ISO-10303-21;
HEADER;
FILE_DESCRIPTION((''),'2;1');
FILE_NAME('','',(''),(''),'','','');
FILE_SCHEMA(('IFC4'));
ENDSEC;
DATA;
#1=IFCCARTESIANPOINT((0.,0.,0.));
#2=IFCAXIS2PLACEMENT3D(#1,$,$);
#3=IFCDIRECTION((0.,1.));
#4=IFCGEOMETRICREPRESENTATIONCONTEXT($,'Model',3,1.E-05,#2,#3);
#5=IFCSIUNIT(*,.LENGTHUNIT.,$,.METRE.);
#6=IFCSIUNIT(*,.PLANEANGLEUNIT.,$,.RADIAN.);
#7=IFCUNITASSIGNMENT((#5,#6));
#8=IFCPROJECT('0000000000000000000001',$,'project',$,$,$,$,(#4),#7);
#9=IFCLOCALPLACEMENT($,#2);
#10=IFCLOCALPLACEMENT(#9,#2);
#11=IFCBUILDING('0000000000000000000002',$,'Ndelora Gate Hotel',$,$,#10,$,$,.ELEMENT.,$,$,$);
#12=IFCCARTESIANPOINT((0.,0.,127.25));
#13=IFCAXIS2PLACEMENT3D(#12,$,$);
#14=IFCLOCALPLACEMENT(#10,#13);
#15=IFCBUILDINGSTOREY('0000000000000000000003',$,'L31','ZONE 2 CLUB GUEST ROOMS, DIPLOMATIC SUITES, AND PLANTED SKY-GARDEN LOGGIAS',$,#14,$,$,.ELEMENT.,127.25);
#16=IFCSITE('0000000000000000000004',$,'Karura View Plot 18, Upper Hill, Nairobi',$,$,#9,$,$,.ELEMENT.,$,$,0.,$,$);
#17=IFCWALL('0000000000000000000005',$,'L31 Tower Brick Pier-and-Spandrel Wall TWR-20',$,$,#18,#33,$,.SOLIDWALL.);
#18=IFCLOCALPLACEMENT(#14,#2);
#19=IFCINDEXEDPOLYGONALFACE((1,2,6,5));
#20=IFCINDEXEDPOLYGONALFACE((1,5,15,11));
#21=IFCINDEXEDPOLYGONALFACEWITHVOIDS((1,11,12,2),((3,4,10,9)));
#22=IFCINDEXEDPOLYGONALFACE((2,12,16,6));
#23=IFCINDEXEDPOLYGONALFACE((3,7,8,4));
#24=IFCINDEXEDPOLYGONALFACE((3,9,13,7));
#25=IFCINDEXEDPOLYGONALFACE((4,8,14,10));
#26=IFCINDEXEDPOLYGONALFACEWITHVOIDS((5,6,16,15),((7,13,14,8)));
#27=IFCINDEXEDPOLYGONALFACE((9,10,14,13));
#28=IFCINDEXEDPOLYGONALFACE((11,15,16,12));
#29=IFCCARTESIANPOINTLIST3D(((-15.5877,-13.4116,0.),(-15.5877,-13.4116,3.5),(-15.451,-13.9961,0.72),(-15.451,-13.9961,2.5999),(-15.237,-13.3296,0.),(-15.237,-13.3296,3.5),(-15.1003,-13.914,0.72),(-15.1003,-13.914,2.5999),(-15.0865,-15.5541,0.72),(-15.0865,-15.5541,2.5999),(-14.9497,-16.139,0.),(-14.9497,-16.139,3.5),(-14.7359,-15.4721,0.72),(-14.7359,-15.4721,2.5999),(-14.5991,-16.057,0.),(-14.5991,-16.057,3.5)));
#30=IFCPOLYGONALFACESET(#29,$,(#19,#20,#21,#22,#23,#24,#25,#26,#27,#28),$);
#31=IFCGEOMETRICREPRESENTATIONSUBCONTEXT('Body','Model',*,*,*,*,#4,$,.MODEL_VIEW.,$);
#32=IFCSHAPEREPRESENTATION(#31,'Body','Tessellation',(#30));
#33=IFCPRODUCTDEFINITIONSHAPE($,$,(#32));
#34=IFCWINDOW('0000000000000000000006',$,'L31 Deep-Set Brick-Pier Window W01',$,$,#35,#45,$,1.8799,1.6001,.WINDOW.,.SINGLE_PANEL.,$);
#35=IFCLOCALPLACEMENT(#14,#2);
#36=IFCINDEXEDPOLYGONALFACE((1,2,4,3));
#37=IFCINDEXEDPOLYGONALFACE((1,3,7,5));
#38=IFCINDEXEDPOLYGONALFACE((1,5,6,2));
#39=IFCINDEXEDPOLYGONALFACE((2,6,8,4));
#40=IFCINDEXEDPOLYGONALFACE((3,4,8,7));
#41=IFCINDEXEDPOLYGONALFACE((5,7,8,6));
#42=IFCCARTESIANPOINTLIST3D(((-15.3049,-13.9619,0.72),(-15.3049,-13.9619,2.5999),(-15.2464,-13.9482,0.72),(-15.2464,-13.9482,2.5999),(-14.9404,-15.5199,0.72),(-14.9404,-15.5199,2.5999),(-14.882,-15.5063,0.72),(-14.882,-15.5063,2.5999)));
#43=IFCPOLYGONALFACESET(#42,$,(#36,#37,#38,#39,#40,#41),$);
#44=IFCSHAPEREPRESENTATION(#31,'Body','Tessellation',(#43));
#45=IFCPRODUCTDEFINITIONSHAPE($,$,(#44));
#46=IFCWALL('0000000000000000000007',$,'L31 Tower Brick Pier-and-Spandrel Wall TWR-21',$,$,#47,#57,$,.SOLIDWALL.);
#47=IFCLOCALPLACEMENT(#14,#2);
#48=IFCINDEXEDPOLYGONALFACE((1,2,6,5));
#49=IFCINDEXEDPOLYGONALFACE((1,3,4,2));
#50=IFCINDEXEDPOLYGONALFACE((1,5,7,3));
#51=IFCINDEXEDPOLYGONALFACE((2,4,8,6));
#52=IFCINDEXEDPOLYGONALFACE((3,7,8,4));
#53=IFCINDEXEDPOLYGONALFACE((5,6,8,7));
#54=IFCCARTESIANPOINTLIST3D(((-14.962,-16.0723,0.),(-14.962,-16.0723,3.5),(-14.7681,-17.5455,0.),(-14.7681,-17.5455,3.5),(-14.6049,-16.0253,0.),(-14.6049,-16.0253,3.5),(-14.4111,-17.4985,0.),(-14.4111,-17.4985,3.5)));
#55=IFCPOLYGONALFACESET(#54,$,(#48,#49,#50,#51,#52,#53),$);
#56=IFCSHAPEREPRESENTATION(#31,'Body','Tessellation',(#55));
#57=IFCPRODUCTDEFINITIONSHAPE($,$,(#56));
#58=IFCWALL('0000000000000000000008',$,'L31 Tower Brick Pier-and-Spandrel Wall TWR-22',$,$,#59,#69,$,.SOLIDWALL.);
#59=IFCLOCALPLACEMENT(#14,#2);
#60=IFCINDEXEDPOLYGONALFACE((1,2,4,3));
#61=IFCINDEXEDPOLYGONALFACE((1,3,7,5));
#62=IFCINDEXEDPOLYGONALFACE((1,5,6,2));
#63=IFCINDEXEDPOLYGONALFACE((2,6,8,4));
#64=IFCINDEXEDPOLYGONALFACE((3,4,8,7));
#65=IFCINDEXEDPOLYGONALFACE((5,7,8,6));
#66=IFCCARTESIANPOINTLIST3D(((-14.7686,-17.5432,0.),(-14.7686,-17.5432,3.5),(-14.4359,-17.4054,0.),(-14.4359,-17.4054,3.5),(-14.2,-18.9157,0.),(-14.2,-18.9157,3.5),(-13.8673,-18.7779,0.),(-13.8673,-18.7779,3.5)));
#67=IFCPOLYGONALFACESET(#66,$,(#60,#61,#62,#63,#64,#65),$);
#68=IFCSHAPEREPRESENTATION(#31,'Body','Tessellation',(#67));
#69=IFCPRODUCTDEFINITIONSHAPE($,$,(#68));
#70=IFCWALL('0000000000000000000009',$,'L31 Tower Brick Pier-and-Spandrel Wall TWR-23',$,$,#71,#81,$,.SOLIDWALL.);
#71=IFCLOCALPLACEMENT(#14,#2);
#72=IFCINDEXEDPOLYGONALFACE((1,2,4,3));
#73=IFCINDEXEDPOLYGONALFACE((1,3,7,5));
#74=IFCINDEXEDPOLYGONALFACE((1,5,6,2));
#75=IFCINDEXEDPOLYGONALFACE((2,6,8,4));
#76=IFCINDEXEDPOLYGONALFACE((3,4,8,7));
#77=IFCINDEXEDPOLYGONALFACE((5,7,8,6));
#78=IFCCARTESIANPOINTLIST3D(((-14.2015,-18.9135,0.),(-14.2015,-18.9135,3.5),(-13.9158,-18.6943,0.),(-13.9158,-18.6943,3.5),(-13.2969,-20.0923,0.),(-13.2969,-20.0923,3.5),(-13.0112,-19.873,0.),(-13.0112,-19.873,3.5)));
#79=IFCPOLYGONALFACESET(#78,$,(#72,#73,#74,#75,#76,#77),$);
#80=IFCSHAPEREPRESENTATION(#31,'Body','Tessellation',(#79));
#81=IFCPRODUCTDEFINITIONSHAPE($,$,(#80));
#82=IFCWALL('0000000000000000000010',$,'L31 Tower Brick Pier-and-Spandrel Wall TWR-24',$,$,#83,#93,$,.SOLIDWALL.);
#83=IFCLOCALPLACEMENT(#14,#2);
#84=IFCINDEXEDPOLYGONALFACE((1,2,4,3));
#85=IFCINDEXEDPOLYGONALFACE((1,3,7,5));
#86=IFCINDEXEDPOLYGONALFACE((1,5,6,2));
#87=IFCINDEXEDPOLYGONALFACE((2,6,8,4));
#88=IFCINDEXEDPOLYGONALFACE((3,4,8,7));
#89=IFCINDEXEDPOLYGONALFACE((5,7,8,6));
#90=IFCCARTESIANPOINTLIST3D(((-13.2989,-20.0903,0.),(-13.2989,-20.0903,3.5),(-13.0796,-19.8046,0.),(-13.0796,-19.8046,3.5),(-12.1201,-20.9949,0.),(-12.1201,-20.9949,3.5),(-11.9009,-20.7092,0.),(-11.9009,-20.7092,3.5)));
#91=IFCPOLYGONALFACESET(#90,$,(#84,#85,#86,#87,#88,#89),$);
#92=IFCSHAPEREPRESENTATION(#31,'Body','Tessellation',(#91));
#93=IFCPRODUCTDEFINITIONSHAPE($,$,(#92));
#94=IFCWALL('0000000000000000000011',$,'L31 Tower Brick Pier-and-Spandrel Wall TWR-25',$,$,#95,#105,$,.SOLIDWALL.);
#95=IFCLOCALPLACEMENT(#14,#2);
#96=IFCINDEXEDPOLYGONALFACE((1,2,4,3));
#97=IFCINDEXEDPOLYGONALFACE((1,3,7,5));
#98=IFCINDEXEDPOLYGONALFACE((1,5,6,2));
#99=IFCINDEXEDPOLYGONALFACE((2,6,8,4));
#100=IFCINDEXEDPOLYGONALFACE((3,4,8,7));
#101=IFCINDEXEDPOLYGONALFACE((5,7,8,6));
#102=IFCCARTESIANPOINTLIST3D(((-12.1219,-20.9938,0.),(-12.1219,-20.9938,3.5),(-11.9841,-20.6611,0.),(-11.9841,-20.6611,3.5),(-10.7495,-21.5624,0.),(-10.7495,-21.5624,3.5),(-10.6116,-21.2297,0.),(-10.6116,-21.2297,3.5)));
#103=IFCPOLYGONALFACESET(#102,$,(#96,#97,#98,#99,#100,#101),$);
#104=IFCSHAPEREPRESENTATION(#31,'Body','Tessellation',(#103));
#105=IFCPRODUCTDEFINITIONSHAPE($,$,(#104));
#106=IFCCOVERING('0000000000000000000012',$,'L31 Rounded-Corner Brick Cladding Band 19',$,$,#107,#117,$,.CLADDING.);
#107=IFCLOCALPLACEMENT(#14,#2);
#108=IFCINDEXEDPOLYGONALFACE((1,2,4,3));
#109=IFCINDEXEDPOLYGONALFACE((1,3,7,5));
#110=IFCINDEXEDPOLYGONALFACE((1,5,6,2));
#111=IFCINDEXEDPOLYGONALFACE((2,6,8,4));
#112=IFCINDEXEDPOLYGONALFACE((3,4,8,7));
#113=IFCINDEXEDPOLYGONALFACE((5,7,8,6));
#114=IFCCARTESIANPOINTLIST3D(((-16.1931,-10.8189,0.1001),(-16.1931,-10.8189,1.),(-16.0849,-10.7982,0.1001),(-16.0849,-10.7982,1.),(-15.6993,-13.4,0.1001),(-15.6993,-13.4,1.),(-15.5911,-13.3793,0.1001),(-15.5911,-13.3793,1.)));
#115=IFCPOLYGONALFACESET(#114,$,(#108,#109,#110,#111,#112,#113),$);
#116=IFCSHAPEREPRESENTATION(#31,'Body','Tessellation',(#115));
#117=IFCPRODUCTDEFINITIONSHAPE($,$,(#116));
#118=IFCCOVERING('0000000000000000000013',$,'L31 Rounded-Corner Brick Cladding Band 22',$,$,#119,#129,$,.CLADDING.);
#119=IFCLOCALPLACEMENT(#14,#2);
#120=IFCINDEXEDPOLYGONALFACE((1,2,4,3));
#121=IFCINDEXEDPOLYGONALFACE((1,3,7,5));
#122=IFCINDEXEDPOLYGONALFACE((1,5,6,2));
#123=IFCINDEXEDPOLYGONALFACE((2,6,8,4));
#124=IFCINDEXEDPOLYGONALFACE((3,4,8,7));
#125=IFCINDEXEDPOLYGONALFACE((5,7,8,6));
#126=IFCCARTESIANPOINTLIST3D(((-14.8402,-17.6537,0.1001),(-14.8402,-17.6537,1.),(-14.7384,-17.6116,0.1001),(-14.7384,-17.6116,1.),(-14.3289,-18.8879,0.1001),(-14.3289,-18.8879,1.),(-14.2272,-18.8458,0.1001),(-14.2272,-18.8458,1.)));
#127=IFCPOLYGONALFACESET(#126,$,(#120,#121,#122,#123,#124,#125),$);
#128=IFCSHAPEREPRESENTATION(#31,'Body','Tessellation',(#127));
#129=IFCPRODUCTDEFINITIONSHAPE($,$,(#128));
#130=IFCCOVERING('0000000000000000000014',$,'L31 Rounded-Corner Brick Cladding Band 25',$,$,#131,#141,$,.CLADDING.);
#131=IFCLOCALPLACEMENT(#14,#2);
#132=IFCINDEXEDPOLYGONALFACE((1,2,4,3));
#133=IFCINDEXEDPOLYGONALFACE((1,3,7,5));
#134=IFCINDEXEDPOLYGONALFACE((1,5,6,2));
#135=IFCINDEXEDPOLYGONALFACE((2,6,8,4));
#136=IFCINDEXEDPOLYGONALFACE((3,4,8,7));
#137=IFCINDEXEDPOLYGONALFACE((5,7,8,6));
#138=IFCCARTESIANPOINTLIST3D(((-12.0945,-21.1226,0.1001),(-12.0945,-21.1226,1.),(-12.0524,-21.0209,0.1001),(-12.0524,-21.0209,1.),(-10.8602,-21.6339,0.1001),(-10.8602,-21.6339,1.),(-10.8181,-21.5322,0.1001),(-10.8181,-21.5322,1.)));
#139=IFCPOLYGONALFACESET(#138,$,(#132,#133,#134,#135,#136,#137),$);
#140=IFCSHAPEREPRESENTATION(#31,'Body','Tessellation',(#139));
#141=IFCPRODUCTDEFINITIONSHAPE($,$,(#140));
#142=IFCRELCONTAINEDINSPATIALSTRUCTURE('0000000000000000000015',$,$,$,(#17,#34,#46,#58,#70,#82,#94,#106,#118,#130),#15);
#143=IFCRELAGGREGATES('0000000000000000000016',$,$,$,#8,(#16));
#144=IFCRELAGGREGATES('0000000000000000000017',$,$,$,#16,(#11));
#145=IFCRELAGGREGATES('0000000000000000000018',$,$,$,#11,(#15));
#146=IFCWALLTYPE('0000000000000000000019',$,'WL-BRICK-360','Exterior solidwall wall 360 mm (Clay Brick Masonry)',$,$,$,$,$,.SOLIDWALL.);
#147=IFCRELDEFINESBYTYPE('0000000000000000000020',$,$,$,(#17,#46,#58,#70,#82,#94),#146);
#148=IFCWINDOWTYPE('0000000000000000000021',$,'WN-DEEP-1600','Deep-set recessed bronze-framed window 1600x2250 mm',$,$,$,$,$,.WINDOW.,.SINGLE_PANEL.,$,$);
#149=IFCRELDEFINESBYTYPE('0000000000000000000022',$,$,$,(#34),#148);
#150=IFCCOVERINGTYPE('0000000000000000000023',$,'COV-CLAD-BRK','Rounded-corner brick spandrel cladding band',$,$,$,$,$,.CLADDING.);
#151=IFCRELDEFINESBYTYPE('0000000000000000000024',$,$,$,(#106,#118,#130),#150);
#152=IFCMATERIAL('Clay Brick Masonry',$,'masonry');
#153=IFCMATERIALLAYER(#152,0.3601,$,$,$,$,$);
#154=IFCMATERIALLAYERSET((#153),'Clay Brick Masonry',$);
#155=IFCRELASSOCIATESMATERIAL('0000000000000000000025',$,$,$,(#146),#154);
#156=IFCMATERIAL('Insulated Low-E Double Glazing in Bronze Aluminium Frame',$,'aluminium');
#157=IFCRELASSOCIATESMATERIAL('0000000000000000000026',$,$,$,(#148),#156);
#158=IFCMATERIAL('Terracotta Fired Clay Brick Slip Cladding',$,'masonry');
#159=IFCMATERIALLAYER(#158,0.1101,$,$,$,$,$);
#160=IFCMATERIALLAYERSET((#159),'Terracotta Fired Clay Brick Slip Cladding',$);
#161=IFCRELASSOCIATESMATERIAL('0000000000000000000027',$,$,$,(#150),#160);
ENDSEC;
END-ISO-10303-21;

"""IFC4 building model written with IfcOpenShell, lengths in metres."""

from ifc_helpers import new_model, si_unit, direction, frame, frame_2d, origin, origin_2d, place, context, subcontext, project, spatial, rectangle, extrude, material, layer, layer_set, type_object, element, fill, save


model = new_model("IFC4")

# Units and contexts
model_context = context("Model", 3, precision=1e-05, world=origin(), true_north=direction((0.0, 1.0)))
body_context = subcontext(model_context, "Body", "Model", "MODEL_VIEW")
ifc_project = project(units=[si_unit("LENGTHUNIT", "METRE"), si_unit("PLANEANGLEUNIT", "RADIAN")], contexts=[model_context])

# Site, building, storey
site_placement = place(None, origin())
site = spatial("IfcSite", under=ifc_project, at=site_placement, Name="Karura View Plot 18, Upper Hill, Nairobi", CompositionType="ELEMENT", RefElevation=0.0)
building_placement = place(site_placement, origin())
building = spatial("IfcBuilding", under=site, at=building_placement, Name="Ndelora Gate Hotel", CompositionType="ELEMENT")
storey_placement = place(building_placement, frame((0.0, 0.0, 127.25)))
storey = spatial("IfcBuildingStorey", under=building, at=storey_placement, Name="L31", Description="ZONE 2 CLUB GUEST ROOMS, DIPLOMATIC SUITES, AND PLANTED SKY-GARDEN LOGGIAS", CompositionType="ELEMENT", Elevation=127.25)

# Wall, opening, window
ifc_material_1 = material(Name="Clay Brick Masonry", Category="masonry")
ifc_layer_1 = layer(ifc_material_1, 0.3601)
ifc_layer_set_1 = layer_set([ifc_layer_1], Name="Clay Brick Masonry")
wall_type = type_object("IfcWallType", Name="WL-BRICK-360", Description="Exterior solidwall wall 360 mm (Clay Brick Masonry)", PredefinedType="SOLIDWALL", material=ifc_layer_set_1)
ifc_material_2 = material(Name="Insulated Low-E Double Glazing in Bronze Aluminium Frame", Category="aluminium")
window_type_1 = type_object("IfcWindowType", Name="WN-DEEP-1600", Description="Deep-set recessed bronze-framed window 1600x2250 mm", PartitioningType="SINGLE_PANEL", PredefinedType="WINDOW", material=ifc_material_2)
wall_1_placement = place(storey_placement, frame((-14.7744, -16.0979, 0.0), z_axis=(0.0, 0.0, 1.0), x_axis=(-0.227761, 0.973717, 0.0)))
wall_1 = element("IfcWall", 1, at=wall_1_placement, inside=storey, type_object=wall_type, Name="L31 Tower Brick Pier-and-Spandrel Wall TWR-20", PredefinedType="SOLIDWALL", context=body_context, shape_type="SweptSolid", body=[
    extrude(rectangle(XDim=2.801, YDim=0.3601, at=frame_2d((1.4004, 0.0))), origin(), (0.0, 0.0, 1.0), 3.5),
])
opening_1_placement = place(wall_1_placement, frame((0.6006, 0.0, 0.72)))
opening_1 = element("IfcOpeningElement", 2, at=opening_1_placement, cuts=wall_1, PredefinedType="OPENING", context=body_context, shape_type="SweptSolid", body=[
    extrude(rectangle(XDim=1.6001, YDim=1.8799, at=frame_2d((0.8, 0.9399))), frame((0.0, 0.1899, 0.0), z_axis=(0.0, -1.0, 0.0), x_axis=(1.0, 0.0, 0.0)), (0.0, 0.0, 1.0), 0.3801),
])
window_1_placement = place(opening_1_placement, origin())
window_1 = element("IfcWindow", 3, at=window_1_placement, inside=storey, type_object=window_type_1, Name="L31 Deep-Set Brick-Pier Window W01", OverallHeight=1.8799, OverallWidth=1.6001, PartitioningType="SINGLE_PANEL", PredefinedType="WINDOW", context=body_context, shape_type="SweptSolid", body=[
    extrude(rectangle(XDim=1.6001, YDim=1.8799, at=frame_2d((0.8, 0.9399))), frame((0.0, 0.03, 0.0), z_axis=(0.0, -1.0, 0.0), x_axis=(1.0, 0.0, 0.0)), (0.0, 0.0, 1.0), 0.0601),
])
fill(opening_1, window_1)

# Walls
wall_2_placement = place(storey_placement, frame((-14.5896, -17.522, 0.0), z_axis=(0.0, 0.0, 1.0), x_axis=(-0.130463, 0.991453, 0.0)))
element("IfcWall", 4, at=wall_2_placement, inside=storey, type_object=wall_type, Name="L31 Tower Brick Pier-and-Spandrel Wall TWR-21", PredefinedType="SOLIDWALL", context=body_context, shape_type="SweptSolid", body=[
    extrude(rectangle(XDim=1.4858, YDim=0.3601, at=frame_2d((0.7429, 0.0))), origin(), (0.0, 0.0, 1.0), 3.5),
])
wall_3_placement = place(storey_placement, frame((-14.0337, -18.8467, 0.0), z_axis=(0.0, 0.0, 1.0), x_axis=(-0.382724, 0.923863, 0.0)))
element("IfcWall", 5, at=wall_3_placement, inside=storey, type_object=wall_type, Name="L31 Tower Brick Pier-and-Spandrel Wall TWR-22", PredefinedType="SOLIDWALL", context=body_context, shape_type="SweptSolid", body=[
    extrude(rectangle(XDim=1.4856, YDim=0.3601, at=frame_2d((0.7427, 0.0))), origin(), (0.0, 0.0, 1.0), 3.5),
])
for number, where, z_axis, x_axis, name in (
    (6, (-13.1541, -19.9827, 0.0), (0.0, 0.0, 1.0), (-0.608797, 0.793326, 0.0), "L31 Tower Brick Pier-and-Spandrel Wall TWR-23"),
    (7, (-12.0105, -20.8521, 0.0), (0.0, 0.0, 1.0), (-0.793326, 0.608797, 0.0), "L31 Tower Brick Pier-and-Spandrel Wall TWR-24"),
):
    element("IfcWall", number, at=place(storey_placement, frame(where, z_axis=z_axis, x_axis=x_axis)), inside=storey, type_object=wall_type, Name=name, PredefinedType="SOLIDWALL", context=body_context, shape_type="SweptSolid", body=[
        extrude(rectangle(XDim=1.4858, YDim=0.3601, at=frame_2d((0.7429, 0.0))), origin(), (0.0, 0.0, 1.0), 3.5),
    ])
wall_4_placement = place(storey_placement, frame((-10.6807, -21.396, 0.0), z_axis=(0.0, 0.0, 1.0), x_axis=(-0.923863, 0.382724, 0.0)))
element("IfcWall", 8, at=wall_4_placement, inside=storey, type_object=wall_type, Name="L31 Tower Brick Pier-and-Spandrel Wall TWR-25", PredefinedType="SOLIDWALL", context=body_context, shape_type="SweptSolid", body=[
    extrude(rectangle(XDim=1.4856, YDim=0.3601, at=frame_2d((0.7427, 0.0))), origin(), (0.0, 0.0, 1.0), 3.5),
])

# Coverings
ifc_material_3 = material(Name="Terracotta Fired Clay Brick Slip Cladding", Category="masonry")
ifc_layer_2 = layer(ifc_material_3, 0.1101)
ifc_layer_set_2 = layer_set([ifc_layer_2], Name="Terracotta Fired Clay Brick Slip Cladding")
covering_type = type_object("IfcCoveringType", Name="COV-CLAD-BRK", Description="Rounded-corner brick spandrel cladding band", PredefinedType="CLADDING", material=ifc_layer_set_2)
covering_placement = place(storey_placement, frame((-15.8921, -12.0991, 0.1001), z_axis=(0.0, 0.0, 1.0), x_axis=(-0.187896, 0.982189, 0.0)))
element("IfcCovering", 9, at=covering_placement, inside=storey, type_object=covering_type, Name="L31 Rounded-Corner Brick Cladding Band 19", PredefinedType="CLADDING", context=body_context, shape_type="SweptSolid", body=[
    extrude(rectangle(XDim=2.6279, YDim=0.1101, at=origin_2d()), origin(), (0.0, 0.0, 1.0), 0.8999),
])
for number, where, z_axis, x_axis, name in (
    (10, (-14.5337, -18.2498, 0.1001), (0.0, 0.0, 1.0), (-0.382683, 0.92388, 0.0), "L31 Rounded-Corner Brick Cladding Band 22"),
    (11, (-11.4563, -21.3274, 0.1001), (0.0, 0.0, 1.0), (-0.92388, 0.382683, 0.0), "L31 Rounded-Corner Brick Cladding Band 25"),
):
    element("IfcCovering", number, at=place(storey_placement, frame(where, z_axis=z_axis, x_axis=x_axis)), inside=storey, type_object=covering_type, Name=name, PredefinedType="CLADDING", context=body_context, shape_type="SweptSolid", body=[
        extrude(rectangle(XDim=1.3359, YDim=0.1101, at=origin_2d()), origin(), (0.0, 0.0, 1.0), 0.8999),
    ])

save(model, "model.ifc")
